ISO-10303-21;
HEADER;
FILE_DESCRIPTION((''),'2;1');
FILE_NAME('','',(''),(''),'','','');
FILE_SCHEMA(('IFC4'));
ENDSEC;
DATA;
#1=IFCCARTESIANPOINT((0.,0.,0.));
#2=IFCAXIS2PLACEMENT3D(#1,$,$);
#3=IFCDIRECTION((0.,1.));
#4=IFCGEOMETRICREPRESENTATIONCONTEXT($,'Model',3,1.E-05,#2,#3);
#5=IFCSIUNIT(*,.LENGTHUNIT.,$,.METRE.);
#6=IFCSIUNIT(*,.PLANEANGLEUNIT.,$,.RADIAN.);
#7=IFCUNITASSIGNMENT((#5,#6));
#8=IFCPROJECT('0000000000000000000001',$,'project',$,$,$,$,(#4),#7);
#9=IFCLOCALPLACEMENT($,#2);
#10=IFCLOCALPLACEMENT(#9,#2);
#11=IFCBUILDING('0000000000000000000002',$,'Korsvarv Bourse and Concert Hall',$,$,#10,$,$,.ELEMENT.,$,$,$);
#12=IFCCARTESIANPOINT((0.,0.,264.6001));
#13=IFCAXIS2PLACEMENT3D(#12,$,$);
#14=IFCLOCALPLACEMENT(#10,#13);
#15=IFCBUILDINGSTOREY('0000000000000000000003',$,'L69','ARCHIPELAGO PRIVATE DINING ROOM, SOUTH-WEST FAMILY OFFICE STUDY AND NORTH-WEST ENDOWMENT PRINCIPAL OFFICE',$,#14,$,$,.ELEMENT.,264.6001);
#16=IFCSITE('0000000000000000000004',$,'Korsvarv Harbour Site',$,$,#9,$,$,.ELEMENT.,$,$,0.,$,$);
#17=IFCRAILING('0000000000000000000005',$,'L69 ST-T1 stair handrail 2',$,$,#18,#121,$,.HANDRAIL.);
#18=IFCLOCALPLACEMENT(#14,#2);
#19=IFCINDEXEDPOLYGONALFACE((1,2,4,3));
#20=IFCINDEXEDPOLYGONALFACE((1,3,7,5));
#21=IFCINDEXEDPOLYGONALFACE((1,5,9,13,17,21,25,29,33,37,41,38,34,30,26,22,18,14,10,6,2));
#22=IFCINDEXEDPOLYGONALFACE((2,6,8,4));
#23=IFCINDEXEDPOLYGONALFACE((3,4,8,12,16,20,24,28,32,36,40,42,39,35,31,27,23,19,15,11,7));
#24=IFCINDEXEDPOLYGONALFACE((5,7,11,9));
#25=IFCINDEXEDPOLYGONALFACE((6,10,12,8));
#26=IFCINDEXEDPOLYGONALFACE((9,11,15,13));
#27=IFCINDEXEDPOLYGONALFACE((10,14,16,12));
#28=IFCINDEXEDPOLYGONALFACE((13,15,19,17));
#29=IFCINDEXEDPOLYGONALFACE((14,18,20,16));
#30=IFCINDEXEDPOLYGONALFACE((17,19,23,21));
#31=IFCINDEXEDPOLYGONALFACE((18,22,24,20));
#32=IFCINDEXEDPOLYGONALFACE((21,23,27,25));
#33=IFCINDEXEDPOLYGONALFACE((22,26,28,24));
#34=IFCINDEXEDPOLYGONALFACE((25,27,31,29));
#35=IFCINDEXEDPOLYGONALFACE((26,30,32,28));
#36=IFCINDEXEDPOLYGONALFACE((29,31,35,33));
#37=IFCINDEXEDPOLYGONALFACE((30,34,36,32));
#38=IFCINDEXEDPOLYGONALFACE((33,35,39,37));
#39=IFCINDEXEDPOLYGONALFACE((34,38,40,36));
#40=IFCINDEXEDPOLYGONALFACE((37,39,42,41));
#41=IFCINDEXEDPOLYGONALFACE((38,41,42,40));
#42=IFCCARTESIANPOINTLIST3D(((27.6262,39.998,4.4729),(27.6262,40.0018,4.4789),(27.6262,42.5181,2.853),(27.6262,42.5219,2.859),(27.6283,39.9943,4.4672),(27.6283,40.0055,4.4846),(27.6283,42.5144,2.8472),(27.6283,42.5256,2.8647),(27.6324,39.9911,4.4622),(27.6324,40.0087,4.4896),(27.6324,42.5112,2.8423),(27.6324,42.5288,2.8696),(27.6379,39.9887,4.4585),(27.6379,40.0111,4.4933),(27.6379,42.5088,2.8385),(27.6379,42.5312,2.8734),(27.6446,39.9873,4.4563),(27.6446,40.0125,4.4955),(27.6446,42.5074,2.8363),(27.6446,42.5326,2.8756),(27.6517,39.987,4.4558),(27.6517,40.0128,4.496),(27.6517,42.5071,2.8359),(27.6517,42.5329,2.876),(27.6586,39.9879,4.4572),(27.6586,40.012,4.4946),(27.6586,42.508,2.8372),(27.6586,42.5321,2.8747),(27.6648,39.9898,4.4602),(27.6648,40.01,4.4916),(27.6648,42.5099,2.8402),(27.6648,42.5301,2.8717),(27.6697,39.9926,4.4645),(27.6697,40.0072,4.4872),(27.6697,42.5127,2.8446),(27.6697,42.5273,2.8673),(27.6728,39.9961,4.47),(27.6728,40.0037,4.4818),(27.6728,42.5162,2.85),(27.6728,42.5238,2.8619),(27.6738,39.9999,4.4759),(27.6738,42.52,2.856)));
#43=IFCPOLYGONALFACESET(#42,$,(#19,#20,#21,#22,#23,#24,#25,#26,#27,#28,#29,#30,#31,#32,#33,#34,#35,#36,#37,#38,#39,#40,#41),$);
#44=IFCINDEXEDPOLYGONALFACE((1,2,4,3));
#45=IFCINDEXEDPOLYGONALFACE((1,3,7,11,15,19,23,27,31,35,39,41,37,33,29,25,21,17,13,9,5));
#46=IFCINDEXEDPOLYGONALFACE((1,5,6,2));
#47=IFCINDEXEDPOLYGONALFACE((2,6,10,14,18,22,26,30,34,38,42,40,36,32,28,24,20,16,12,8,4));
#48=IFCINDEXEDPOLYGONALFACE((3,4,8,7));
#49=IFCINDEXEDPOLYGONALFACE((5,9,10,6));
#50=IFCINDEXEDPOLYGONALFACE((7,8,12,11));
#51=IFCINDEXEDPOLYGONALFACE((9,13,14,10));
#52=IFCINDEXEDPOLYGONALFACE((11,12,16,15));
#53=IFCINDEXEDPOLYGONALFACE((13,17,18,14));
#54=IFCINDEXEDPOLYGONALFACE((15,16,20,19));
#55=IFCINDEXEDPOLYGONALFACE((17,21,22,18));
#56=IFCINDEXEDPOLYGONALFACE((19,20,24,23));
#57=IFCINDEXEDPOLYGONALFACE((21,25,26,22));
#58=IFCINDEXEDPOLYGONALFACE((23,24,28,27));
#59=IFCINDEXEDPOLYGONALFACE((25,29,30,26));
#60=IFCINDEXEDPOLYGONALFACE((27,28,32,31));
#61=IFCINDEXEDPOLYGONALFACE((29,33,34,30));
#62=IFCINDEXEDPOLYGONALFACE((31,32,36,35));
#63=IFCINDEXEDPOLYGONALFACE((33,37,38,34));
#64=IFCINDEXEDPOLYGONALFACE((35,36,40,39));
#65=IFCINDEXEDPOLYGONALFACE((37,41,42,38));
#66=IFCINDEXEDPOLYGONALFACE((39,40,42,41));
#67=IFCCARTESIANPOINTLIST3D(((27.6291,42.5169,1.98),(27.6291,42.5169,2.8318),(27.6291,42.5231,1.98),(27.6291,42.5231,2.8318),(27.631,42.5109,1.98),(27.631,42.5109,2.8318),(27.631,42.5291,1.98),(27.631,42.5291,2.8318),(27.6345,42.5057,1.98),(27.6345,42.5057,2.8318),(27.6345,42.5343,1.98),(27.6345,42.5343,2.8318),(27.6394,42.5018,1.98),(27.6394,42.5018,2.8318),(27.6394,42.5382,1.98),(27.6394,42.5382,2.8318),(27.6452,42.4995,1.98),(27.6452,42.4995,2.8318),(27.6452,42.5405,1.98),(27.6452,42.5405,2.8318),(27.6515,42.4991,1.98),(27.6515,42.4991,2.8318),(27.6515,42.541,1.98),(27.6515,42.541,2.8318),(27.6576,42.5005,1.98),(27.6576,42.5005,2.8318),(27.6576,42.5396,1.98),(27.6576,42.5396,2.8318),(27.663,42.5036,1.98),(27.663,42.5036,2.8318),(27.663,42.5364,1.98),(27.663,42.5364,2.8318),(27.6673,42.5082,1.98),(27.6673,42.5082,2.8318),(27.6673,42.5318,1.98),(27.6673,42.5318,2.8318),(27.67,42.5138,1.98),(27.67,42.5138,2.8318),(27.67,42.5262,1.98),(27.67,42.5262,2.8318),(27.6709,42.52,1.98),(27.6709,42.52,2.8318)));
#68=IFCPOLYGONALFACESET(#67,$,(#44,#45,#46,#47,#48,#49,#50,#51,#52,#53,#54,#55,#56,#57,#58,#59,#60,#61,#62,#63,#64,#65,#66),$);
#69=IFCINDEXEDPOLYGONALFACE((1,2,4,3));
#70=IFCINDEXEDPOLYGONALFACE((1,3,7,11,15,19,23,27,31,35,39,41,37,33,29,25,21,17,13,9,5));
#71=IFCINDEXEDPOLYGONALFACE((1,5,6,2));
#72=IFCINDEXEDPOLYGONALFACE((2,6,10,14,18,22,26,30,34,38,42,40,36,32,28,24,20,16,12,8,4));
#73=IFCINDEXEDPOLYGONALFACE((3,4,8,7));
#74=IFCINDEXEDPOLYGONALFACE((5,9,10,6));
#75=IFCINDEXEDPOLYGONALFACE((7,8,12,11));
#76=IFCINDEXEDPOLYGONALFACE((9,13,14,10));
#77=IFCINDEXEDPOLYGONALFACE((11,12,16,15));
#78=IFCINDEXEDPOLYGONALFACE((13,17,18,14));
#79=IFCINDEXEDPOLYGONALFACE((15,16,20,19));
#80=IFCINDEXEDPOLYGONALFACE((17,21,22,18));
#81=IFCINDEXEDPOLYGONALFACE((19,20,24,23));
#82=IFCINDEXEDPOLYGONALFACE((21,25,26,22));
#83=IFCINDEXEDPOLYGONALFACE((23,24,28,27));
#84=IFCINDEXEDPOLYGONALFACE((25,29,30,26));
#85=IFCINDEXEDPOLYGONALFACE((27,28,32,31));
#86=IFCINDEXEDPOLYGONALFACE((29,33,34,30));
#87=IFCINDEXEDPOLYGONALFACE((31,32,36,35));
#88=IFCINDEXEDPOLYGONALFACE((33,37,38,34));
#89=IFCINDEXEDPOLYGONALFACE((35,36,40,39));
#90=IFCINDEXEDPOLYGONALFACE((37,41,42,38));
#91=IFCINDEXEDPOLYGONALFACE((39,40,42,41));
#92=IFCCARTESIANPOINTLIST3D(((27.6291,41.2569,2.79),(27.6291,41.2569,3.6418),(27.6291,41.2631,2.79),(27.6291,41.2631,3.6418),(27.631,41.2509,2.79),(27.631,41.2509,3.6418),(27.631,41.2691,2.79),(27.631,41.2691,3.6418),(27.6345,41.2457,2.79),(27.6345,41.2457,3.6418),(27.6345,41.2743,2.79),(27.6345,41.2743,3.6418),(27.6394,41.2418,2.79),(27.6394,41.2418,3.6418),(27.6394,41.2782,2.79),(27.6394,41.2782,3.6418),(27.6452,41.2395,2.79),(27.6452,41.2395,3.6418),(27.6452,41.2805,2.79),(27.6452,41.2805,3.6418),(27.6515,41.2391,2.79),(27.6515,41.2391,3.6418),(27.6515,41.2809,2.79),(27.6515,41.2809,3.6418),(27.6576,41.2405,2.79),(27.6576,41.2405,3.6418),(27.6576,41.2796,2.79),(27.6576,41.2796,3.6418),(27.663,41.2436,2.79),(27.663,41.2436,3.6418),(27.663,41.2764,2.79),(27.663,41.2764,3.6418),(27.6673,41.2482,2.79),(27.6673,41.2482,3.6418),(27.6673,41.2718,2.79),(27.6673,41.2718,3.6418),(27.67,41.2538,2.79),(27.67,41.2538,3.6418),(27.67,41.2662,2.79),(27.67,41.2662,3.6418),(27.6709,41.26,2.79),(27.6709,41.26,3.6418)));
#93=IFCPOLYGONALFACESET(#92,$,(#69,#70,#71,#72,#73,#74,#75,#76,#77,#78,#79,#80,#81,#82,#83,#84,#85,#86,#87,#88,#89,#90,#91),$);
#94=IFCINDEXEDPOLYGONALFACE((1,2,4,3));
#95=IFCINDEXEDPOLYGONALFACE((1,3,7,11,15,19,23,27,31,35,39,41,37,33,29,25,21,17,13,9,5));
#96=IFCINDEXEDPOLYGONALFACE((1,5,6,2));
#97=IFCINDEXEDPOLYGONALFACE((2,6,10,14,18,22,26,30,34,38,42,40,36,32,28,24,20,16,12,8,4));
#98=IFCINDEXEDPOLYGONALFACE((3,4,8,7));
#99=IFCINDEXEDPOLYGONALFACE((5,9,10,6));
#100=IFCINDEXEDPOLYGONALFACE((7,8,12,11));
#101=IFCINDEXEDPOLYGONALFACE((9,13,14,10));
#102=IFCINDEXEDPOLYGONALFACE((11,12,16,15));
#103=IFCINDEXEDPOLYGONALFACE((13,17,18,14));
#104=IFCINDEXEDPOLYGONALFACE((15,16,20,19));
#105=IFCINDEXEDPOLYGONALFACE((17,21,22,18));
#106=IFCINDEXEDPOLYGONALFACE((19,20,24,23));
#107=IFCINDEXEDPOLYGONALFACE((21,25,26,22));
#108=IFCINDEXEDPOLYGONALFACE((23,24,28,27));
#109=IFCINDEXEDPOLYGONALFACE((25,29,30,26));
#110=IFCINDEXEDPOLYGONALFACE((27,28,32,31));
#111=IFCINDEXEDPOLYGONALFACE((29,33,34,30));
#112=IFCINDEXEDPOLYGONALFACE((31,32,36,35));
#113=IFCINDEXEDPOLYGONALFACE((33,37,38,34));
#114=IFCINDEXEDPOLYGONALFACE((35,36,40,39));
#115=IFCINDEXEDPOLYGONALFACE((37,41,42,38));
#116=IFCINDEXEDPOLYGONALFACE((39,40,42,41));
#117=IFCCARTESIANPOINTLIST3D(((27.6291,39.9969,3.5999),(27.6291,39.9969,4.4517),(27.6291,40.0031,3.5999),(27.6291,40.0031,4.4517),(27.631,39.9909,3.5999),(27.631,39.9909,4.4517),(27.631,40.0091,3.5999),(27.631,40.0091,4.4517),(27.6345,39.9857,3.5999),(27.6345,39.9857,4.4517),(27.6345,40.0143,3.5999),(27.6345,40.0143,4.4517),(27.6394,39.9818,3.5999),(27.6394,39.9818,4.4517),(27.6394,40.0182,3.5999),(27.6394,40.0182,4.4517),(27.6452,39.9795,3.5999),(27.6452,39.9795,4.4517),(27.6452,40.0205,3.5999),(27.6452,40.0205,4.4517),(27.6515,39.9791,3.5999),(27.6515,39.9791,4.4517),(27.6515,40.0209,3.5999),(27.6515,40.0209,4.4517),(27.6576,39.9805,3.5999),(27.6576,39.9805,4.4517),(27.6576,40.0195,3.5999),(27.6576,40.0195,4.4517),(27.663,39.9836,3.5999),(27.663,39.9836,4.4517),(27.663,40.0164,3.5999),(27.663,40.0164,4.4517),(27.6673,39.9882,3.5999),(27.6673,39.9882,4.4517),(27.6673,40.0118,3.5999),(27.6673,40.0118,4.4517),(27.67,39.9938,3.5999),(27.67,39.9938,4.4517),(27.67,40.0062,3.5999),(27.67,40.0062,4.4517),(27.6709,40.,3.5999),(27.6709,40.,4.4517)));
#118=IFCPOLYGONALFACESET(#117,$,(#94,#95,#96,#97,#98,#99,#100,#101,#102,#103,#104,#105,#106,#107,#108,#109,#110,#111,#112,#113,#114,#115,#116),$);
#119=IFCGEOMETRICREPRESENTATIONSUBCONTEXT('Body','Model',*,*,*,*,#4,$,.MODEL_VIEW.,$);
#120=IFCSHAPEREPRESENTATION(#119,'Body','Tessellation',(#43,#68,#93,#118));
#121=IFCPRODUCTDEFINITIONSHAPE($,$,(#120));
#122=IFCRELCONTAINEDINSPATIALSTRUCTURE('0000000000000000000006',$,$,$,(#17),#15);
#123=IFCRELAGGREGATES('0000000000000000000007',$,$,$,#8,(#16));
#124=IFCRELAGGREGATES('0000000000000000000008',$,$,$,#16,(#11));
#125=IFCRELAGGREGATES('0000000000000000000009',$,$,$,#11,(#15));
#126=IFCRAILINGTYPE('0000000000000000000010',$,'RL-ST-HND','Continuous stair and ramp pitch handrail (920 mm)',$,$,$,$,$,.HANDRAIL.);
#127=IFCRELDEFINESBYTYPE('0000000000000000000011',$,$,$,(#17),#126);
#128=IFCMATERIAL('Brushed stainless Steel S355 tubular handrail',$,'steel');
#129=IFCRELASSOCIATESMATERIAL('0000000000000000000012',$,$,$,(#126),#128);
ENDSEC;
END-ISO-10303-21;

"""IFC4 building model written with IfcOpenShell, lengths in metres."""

from ifc_helpers import new_model, si_unit, direction, frame, origin, origin_2d, place, context, subcontext, project, spatial, circle, extrude, material, type_object, element, save


model = new_model("IFC4")

# Units and contexts
model_context = context("Model", 3, precision=1e-05, world=origin(), true_north=direction((0.0, 1.0)))
body_context = subcontext(model_context, "Body", "Model", "MODEL_VIEW")
ifc_project = project(units=[si_unit("LENGTHUNIT", "METRE"), si_unit("PLANEANGLEUNIT", "RADIAN")], contexts=[model_context])

# Site, building, storey
site_placement = place(None, origin())
site = spatial("IfcSite", under=ifc_project, at=site_placement, Name="Korsvarv Harbour Site", CompositionType="ELEMENT", RefElevation=0.0)
building_placement = place(site_placement, origin())
building = spatial("IfcBuilding", under=site, at=building_placement, Name="Korsvarv Bourse and Concert Hall", CompositionType="ELEMENT")
storey_placement = place(building_placement, frame((0.0, 0.0, 264.6001)))
storey = spatial("IfcBuildingStorey", under=building, at=storey_placement, Name="L69", Description="ARCHIPELAGO PRIVATE DINING ROOM, SOUTH-WEST FAMILY OFFICE STUDY AND NORTH-WEST ENDOWMENT PRINCIPAL OFFICE", CompositionType="ELEMENT", Elevation=264.6001)

# Railing
ifc_material_1 = material(Name="Brushed stainless Steel S355 tubular handrail", Category="steel")
railing_type_1 = type_object("IfcRailingType", Name="RL-ST-HND", Description="Continuous stair and ramp pitch handrail (920 mm)", PredefinedType="HANDRAIL", material=ifc_material_1)
railing_1_placement = place(storey_placement, frame((27.6499, 42.52, 1.98)))
element("IfcRailing", 1, at=railing_1_placement, inside=storey, type_object=railing_type_1, Name="L69 ST-T1 stair handrail 2", PredefinedType="HANDRAIL", context=body_context, shape_type="SweptSolid", body=[
    extrude(circle(Radius=0.0239, at=origin_2d()), frame((0.0, 0.0, 0.876), z_axis=(0.0, -0.8412, 0.540725), x_axis=(1.0, 0.0, 0.0)), (0.0, 0.0, 1.0), 2.9958),
    extrude(circle(Radius=0.021, at=origin_2d()), origin(), (0.0, 0.0, 1.0), 0.8518),
    extrude(circle(Radius=0.021, at=origin_2d()), frame((0.0, -1.26, 0.8101)), (0.0, 0.0, 1.0), 0.8518),
    extrude(circle(Radius=0.021, at=origin_2d()), frame((0.0, -2.52, 1.6199)), (0.0, 0.0, 1.0), 0.8518),
])

save(model, "model.ifc")
